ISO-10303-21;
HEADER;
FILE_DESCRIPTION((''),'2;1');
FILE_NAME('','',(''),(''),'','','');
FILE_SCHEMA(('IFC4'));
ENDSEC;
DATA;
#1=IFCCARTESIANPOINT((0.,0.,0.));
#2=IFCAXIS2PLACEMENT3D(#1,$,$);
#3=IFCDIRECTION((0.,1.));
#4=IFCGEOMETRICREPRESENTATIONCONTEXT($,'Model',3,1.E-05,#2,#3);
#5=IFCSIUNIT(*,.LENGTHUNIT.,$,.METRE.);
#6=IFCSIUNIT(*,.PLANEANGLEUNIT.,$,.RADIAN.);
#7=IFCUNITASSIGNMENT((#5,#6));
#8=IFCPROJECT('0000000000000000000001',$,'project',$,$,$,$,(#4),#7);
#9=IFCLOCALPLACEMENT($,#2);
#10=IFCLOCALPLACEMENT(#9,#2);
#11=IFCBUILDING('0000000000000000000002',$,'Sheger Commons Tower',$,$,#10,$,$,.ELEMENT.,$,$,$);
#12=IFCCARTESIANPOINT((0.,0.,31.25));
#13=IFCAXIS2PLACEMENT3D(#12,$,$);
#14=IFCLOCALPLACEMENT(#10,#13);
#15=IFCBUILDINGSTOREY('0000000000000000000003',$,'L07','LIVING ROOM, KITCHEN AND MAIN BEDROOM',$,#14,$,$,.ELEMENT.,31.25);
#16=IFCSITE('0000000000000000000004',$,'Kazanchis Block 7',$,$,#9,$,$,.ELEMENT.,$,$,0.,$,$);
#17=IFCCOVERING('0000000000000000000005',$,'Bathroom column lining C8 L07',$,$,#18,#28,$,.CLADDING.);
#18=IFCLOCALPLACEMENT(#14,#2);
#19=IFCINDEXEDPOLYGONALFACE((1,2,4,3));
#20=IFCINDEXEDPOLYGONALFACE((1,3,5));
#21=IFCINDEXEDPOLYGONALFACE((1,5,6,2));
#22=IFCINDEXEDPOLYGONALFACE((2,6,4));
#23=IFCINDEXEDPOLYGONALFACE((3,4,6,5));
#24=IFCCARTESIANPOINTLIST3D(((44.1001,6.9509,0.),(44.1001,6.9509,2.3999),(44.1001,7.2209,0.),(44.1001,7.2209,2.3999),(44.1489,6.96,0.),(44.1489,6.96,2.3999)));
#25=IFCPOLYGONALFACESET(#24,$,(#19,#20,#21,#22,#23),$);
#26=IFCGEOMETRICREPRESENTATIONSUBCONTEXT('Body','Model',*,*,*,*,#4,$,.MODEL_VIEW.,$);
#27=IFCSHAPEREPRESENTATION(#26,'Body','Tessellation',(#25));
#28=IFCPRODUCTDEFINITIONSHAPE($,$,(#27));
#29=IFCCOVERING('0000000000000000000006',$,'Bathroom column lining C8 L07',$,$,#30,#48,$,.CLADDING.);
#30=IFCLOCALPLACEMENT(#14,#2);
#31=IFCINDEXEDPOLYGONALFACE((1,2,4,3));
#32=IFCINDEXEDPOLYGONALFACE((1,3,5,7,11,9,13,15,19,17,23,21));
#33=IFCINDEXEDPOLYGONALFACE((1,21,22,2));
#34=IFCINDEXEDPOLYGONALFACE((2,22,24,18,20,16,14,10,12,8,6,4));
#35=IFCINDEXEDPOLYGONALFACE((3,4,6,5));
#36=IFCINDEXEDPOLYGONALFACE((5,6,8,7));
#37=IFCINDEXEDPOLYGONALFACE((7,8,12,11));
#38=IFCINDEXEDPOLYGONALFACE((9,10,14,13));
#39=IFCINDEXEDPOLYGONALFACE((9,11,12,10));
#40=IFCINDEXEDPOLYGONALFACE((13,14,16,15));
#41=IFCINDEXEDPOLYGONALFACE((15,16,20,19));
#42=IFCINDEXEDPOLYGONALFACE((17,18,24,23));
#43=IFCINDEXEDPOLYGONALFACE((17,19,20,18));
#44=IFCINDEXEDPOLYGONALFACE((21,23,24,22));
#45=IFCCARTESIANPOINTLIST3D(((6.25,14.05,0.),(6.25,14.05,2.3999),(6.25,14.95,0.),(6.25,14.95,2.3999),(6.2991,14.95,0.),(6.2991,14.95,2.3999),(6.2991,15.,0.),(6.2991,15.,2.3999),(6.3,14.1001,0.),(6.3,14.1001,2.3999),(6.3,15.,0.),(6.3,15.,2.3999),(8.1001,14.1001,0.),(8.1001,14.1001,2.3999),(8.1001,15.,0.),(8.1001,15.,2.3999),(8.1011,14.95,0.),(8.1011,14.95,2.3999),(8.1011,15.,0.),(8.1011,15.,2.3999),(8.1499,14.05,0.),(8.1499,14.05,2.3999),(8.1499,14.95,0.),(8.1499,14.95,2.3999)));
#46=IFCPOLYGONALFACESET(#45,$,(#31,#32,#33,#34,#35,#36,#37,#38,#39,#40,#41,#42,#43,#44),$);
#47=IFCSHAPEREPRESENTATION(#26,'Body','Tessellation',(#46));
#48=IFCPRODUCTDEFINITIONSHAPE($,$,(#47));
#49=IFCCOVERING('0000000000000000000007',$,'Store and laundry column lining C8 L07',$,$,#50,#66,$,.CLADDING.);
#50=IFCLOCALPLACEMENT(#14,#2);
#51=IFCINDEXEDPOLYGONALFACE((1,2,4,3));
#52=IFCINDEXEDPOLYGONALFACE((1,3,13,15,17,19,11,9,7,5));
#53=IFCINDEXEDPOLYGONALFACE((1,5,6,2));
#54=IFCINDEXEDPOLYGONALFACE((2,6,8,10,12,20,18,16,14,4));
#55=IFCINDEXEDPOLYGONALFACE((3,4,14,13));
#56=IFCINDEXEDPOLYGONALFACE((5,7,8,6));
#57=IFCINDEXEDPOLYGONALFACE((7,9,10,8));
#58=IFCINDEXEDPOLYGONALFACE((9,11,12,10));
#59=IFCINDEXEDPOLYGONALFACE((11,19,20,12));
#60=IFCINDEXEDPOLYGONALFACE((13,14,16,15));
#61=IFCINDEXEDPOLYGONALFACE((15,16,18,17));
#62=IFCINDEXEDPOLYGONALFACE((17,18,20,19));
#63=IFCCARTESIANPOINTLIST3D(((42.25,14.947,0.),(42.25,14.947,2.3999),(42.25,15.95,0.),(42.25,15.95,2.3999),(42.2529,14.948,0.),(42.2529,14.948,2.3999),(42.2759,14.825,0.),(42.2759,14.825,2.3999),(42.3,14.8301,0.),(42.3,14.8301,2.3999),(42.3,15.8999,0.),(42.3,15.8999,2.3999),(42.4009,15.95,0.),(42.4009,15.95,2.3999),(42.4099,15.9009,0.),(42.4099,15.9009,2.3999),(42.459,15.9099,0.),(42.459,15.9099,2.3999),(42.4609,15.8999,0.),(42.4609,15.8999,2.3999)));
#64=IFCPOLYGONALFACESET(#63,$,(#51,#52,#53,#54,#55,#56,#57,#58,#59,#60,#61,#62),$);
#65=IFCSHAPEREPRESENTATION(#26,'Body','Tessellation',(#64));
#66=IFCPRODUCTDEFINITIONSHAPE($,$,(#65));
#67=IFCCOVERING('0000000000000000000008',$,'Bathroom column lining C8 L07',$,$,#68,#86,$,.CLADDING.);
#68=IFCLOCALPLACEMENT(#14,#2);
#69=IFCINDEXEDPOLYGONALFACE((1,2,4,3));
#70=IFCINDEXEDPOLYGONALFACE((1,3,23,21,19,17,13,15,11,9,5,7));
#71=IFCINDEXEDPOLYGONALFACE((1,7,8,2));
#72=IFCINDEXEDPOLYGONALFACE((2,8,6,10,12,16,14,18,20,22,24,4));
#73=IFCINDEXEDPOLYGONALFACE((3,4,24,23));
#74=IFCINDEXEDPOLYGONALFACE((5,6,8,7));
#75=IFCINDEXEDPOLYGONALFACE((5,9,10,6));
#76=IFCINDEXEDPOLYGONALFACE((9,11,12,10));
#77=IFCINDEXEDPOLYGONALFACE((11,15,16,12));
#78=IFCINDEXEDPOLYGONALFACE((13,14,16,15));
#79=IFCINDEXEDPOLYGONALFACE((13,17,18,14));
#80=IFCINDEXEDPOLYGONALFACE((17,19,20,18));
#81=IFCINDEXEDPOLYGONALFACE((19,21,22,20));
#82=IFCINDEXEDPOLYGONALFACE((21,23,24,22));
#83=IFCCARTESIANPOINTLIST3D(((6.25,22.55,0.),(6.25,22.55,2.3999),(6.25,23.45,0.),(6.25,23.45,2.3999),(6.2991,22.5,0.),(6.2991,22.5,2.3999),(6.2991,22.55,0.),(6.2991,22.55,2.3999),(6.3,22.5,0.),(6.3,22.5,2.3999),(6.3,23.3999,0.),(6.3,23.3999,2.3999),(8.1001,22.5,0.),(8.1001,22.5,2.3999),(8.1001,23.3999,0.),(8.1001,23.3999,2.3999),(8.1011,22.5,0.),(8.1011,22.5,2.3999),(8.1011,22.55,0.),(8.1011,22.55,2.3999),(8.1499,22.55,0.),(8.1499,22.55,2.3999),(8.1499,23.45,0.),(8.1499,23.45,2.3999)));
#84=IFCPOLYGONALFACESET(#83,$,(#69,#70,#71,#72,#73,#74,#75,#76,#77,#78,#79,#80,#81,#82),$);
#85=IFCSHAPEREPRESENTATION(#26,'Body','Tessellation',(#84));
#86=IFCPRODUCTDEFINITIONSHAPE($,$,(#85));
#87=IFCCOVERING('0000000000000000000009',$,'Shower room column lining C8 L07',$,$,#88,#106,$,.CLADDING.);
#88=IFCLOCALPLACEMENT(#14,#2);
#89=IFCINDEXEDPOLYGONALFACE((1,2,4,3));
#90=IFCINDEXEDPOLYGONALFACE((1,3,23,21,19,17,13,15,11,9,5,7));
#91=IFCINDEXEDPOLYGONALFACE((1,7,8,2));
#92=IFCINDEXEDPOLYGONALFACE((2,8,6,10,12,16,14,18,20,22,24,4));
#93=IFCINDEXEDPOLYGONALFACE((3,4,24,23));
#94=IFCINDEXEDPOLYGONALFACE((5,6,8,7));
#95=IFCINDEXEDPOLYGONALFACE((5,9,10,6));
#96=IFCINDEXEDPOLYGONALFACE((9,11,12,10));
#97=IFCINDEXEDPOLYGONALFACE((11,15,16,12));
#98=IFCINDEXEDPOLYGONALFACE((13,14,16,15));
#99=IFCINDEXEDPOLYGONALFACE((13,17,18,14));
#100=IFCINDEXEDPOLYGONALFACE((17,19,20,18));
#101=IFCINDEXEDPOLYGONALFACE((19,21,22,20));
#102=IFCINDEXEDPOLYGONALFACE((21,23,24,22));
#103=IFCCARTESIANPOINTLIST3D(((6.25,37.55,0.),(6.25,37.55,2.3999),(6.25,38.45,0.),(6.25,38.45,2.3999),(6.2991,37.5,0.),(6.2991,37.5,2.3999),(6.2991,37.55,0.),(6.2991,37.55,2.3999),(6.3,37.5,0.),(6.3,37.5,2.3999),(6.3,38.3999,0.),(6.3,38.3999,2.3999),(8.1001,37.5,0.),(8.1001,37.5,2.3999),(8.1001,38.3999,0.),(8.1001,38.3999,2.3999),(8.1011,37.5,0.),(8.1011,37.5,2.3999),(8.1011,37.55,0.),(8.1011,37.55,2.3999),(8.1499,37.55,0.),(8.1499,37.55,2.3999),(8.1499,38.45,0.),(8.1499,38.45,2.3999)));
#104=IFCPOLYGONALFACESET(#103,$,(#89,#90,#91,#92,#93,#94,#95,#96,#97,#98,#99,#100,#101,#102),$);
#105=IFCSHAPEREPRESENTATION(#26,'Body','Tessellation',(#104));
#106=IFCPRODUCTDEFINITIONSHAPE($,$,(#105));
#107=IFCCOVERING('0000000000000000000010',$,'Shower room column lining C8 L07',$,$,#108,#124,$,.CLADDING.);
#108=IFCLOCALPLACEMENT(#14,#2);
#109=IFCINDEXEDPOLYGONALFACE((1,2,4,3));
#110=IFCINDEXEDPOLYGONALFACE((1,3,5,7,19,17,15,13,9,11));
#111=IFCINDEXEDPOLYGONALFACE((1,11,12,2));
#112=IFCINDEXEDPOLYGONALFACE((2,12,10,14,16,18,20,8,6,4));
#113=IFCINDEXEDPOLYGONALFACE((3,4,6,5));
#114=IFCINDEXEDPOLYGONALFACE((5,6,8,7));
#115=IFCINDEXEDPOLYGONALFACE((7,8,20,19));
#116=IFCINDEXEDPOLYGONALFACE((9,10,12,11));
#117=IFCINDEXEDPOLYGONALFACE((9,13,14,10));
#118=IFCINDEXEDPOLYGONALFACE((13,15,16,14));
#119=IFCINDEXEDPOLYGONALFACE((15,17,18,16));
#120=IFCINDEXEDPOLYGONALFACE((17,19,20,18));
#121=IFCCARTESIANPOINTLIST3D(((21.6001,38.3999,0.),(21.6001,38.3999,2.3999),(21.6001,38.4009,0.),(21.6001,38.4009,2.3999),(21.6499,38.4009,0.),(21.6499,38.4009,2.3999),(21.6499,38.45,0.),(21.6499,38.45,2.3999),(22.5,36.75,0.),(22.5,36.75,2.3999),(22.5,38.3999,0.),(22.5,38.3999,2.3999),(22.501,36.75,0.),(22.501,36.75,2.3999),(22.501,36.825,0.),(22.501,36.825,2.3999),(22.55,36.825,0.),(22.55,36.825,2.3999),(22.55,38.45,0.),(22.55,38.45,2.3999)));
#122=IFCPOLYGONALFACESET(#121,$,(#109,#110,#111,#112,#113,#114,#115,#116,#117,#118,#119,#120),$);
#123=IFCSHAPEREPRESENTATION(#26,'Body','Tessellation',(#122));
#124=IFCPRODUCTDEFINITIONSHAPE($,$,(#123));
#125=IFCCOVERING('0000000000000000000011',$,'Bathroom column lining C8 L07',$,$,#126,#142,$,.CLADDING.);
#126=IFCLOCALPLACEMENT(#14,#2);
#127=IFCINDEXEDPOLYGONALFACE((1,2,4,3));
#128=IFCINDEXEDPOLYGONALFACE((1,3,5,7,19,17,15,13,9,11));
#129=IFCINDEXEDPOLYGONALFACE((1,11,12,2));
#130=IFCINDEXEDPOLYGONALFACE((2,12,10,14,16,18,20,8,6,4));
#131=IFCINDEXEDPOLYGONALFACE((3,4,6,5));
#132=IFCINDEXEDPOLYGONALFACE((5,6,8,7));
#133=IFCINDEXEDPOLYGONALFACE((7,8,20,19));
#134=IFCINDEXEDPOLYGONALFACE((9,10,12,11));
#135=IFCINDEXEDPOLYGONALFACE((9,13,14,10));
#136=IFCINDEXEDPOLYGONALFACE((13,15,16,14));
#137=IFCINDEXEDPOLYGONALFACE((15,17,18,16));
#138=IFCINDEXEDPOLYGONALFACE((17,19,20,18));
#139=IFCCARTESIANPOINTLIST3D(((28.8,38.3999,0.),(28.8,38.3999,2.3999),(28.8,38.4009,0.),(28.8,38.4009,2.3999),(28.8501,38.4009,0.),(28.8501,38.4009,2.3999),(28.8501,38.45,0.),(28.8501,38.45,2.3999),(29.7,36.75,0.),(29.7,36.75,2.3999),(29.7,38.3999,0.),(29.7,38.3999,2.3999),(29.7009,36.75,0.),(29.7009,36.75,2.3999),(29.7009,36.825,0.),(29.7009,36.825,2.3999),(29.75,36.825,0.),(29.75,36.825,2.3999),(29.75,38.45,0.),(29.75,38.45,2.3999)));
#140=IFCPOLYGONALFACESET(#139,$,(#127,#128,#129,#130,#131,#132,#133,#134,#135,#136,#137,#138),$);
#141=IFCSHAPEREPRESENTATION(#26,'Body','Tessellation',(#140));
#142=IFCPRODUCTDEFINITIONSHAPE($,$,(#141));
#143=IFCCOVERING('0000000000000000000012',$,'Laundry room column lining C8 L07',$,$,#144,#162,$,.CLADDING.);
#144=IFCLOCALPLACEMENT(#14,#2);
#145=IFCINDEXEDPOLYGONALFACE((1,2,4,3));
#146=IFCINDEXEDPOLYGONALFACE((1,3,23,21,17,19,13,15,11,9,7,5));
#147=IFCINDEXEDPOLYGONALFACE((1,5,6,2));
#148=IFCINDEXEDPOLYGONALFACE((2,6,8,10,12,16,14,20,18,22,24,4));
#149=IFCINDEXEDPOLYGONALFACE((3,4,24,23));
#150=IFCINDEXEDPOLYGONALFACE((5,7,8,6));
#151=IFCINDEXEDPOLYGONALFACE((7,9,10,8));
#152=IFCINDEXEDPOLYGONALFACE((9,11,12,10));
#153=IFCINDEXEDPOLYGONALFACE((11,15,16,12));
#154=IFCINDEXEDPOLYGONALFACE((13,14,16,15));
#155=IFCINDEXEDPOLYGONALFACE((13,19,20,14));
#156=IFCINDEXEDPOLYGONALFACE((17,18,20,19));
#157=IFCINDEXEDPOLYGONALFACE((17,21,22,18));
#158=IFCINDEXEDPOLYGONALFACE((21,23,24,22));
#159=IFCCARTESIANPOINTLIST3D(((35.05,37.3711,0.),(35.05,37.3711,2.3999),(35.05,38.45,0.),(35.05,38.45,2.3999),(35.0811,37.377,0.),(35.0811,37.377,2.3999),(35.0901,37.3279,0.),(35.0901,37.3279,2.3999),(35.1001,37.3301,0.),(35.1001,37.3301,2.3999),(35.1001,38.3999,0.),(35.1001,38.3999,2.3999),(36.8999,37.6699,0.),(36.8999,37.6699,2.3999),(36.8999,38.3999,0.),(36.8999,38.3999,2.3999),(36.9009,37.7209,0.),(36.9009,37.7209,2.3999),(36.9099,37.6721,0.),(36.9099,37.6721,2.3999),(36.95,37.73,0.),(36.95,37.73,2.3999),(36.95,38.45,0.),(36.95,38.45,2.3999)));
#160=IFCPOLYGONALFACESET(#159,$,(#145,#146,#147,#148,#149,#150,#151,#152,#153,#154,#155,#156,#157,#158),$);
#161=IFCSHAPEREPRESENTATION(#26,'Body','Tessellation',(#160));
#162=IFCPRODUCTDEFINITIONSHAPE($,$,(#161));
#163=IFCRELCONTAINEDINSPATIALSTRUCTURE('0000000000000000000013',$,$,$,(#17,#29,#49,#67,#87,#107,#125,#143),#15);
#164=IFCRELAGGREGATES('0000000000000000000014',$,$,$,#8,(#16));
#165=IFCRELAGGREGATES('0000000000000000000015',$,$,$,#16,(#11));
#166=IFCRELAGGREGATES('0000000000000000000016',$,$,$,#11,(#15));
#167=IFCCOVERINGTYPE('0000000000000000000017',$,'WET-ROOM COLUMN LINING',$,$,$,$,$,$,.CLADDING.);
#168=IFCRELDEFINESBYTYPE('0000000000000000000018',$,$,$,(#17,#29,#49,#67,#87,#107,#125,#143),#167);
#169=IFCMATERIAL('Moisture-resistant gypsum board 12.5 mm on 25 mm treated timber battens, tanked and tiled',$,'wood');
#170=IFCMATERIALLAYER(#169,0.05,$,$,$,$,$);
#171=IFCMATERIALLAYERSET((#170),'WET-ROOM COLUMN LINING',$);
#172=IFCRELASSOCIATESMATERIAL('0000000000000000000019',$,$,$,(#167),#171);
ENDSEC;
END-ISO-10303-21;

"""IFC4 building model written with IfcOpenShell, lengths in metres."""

from ifc_helpers import new_model, si_unit, direction, frame, origin, place, context, subcontext, project, spatial, polyline, outline, extrude, material, layer, layer_set, type_object, element, save


model = new_model("IFC4")

# Units and contexts
model_context = context("Model", 3, precision=1e-05, world=origin(), true_north=direction((0.0, 1.0)))
body_context = subcontext(model_context, "Body", "Model", "MODEL_VIEW")
ifc_project = project(units=[si_unit("LENGTHUNIT", "METRE"), si_unit("PLANEANGLEUNIT", "RADIAN")], contexts=[model_context])

# Site, building, storey
site_placement = place(None, origin())
site = spatial("IfcSite", under=ifc_project, at=site_placement, Name="Kazanchis Block 7", CompositionType="ELEMENT", RefElevation=0.0)
building_placement = place(site_placement, origin())
building = spatial("IfcBuilding", under=site, at=building_placement, Name="Sheger Commons Tower", CompositionType="ELEMENT")
storey_placement = place(building_placement, frame((0.0, 0.0, 31.25)))
storey = spatial("IfcBuildingStorey", under=building, at=storey_placement, Name="L07", Description="LIVING ROOM, KITCHEN AND MAIN BEDROOM", CompositionType="ELEMENT", Elevation=31.25)

# Coverings
ifc_material_1 = material(Name="Moisture-resistant gypsum board 12.5 mm on 25 mm treated timber battens, tanked and tiled", Category="wood")
ifc_layer_1 = layer(ifc_material_1, 0.05)
ifc_layer_set_1 = layer_set([ifc_layer_1], Name="WET-ROOM COLUMN LINING")
covering_type_1 = type_object("IfcCoveringType", Name="WET-ROOM COLUMN LINING", PredefinedType="CLADDING", material=ifc_layer_set_1)
covering_1_placement = place(storey_placement, origin())
element("IfcCovering", 1, at=covering_1_placement, inside=storey, type_object=covering_type_1, Name="Bathroom column lining C8 L07", PredefinedType="CLADDING", context=body_context, shape_type="SweptSolid", body=[
    extrude(outline(polyline([(44.1001, 7.2209), (44.1489, 6.96), (44.1001, 6.9509), (44.1001, 7.2209)])), origin(), (0.0, 0.0, 1.0), 2.3999),
])
covering_2_placement = place(storey_placement, origin())
element("IfcCovering", 2, at=covering_2_placement, inside=storey, type_object=covering_type_1, Name="Bathroom column lining C8 L07", PredefinedType="CLADDING", context=body_context, shape_type="SweptSolid", body=[
    extrude(outline(polyline([(6.3, 15.0), (6.3, 14.1001), (8.1001, 14.1001), (8.1001, 15.0), (8.1011, 15.0), (8.1011, 14.95), (8.1499, 14.95), (8.1499, 14.05), (6.25, 14.05), (6.25, 14.95), (6.2991, 14.95), (6.2991, 15.0), (6.3, 15.0)])), origin(), (0.0, 0.0, 1.0), 2.3999),
])
covering_3_placement = place(storey_placement, origin())
element("IfcCovering", 3, at=covering_3_placement, inside=storey, type_object=covering_type_1, Name="Store and laundry column lining C8 L07", PredefinedType="CLADDING", context=body_context, shape_type="SweptSolid", body=[
    extrude(outline(polyline([(42.4009, 15.95), (42.4099, 15.9009), (42.459, 15.9099), (42.4609, 15.8999), (42.3, 15.8999), (42.3, 14.8301), (42.2759, 14.825), (42.2529, 14.948), (42.25, 14.947), (42.25, 15.95), (42.4009, 15.95)])), origin(), (0.0, 0.0, 1.0), 2.3999),
])
covering_4_placement = place(storey_placement, origin())
element("IfcCovering", 4, at=covering_4_placement, inside=storey, type_object=covering_type_1, Name="Bathroom column lining C8 L07", PredefinedType="CLADDING", context=body_context, shape_type="SweptSolid", body=[
    extrude(outline(polyline([(8.1499, 23.45), (8.1499, 22.55), (8.1011, 22.55), (8.1011, 22.5), (8.1001, 22.5), (8.1001, 23.3999), (6.3, 23.3999), (6.3, 22.5), (6.2991, 22.5), (6.2991, 22.55), (6.25, 22.55), (6.25, 23.45), (8.1499, 23.45)])), origin(), (0.0, 0.0, 1.0), 2.3999),
])
covering_5_placement = place(storey_placement, origin())
element("IfcCovering", 5, at=covering_5_placement, inside=storey, type_object=covering_type_1, Name="Shower room column lining C8 L07", PredefinedType="CLADDING", context=body_context, shape_type="SweptSolid", body=[
    extrude(outline(polyline([(8.1499, 38.45), (8.1499, 37.55), (8.1011, 37.55), (8.1011, 37.5), (8.1001, 37.5), (8.1001, 38.3999), (6.3, 38.3999), (6.3, 37.5), (6.2991, 37.5), (6.2991, 37.55), (6.25, 37.55), (6.25, 38.45), (8.1499, 38.45)])), origin(), (0.0, 0.0, 1.0), 2.3999),
])
covering_6_placement = place(storey_placement, origin())
element("IfcCovering", 6, at=covering_6_placement, inside=storey, type_object=covering_type_1, Name="Shower room column lining C8 L07", PredefinedType="CLADDING", context=body_context, shape_type="SweptSolid", body=[
    extrude(outline(polyline([(22.55, 36.825), (22.501, 36.825), (22.501, 36.75), (22.5, 36.75), (22.5, 38.3999), (21.6001, 38.3999), (21.6001, 38.4009), (21.6499, 38.4009), (21.6499, 38.45), (22.55, 38.45), (22.55, 36.825)])), origin(), (0.0, 0.0, 1.0), 2.3999),
])
covering_7_placement = place(storey_placement, origin())
element("IfcCovering", 7, at=covering_7_placement, inside=storey, type_object=covering_type_1, Name="Bathroom column lining C8 L07", PredefinedType="CLADDING", context=body_context, shape_type="SweptSolid", body=[
    extrude(outline(polyline([(29.75, 36.825), (29.7009, 36.825), (29.7009, 36.75), (29.7, 36.75), (29.7, 38.3999), (28.8, 38.3999), (28.8, 38.4009), (28.8501, 38.4009), (28.8501, 38.45), (29.75, 38.45), (29.75, 36.825)])), origin(), (0.0, 0.0, 1.0), 2.3999),
])
covering_8_placement = place(storey_placement, origin())
element("IfcCovering", 8, at=covering_8_placement, inside=storey, type_object=covering_type_1, Name="Laundry room column lining C8 L07", PredefinedType="CLADDING", context=body_context, shape_type="SweptSolid", body=[
    extrude(outline(polyline([(36.95, 38.45), (36.95, 37.73), (36.9009, 37.7209), (36.9099, 37.6721), (36.8999, 37.6699), (36.8999, 38.3999), (35.1001, 38.3999), (35.1001, 37.3301), (35.0901, 37.3279), (35.0811, 37.377), (35.05, 37.3711), (35.05, 38.45), (36.95, 38.45)])), origin(), (0.0, 0.0, 1.0), 2.3999),
])

save(model, "model.ifc")
